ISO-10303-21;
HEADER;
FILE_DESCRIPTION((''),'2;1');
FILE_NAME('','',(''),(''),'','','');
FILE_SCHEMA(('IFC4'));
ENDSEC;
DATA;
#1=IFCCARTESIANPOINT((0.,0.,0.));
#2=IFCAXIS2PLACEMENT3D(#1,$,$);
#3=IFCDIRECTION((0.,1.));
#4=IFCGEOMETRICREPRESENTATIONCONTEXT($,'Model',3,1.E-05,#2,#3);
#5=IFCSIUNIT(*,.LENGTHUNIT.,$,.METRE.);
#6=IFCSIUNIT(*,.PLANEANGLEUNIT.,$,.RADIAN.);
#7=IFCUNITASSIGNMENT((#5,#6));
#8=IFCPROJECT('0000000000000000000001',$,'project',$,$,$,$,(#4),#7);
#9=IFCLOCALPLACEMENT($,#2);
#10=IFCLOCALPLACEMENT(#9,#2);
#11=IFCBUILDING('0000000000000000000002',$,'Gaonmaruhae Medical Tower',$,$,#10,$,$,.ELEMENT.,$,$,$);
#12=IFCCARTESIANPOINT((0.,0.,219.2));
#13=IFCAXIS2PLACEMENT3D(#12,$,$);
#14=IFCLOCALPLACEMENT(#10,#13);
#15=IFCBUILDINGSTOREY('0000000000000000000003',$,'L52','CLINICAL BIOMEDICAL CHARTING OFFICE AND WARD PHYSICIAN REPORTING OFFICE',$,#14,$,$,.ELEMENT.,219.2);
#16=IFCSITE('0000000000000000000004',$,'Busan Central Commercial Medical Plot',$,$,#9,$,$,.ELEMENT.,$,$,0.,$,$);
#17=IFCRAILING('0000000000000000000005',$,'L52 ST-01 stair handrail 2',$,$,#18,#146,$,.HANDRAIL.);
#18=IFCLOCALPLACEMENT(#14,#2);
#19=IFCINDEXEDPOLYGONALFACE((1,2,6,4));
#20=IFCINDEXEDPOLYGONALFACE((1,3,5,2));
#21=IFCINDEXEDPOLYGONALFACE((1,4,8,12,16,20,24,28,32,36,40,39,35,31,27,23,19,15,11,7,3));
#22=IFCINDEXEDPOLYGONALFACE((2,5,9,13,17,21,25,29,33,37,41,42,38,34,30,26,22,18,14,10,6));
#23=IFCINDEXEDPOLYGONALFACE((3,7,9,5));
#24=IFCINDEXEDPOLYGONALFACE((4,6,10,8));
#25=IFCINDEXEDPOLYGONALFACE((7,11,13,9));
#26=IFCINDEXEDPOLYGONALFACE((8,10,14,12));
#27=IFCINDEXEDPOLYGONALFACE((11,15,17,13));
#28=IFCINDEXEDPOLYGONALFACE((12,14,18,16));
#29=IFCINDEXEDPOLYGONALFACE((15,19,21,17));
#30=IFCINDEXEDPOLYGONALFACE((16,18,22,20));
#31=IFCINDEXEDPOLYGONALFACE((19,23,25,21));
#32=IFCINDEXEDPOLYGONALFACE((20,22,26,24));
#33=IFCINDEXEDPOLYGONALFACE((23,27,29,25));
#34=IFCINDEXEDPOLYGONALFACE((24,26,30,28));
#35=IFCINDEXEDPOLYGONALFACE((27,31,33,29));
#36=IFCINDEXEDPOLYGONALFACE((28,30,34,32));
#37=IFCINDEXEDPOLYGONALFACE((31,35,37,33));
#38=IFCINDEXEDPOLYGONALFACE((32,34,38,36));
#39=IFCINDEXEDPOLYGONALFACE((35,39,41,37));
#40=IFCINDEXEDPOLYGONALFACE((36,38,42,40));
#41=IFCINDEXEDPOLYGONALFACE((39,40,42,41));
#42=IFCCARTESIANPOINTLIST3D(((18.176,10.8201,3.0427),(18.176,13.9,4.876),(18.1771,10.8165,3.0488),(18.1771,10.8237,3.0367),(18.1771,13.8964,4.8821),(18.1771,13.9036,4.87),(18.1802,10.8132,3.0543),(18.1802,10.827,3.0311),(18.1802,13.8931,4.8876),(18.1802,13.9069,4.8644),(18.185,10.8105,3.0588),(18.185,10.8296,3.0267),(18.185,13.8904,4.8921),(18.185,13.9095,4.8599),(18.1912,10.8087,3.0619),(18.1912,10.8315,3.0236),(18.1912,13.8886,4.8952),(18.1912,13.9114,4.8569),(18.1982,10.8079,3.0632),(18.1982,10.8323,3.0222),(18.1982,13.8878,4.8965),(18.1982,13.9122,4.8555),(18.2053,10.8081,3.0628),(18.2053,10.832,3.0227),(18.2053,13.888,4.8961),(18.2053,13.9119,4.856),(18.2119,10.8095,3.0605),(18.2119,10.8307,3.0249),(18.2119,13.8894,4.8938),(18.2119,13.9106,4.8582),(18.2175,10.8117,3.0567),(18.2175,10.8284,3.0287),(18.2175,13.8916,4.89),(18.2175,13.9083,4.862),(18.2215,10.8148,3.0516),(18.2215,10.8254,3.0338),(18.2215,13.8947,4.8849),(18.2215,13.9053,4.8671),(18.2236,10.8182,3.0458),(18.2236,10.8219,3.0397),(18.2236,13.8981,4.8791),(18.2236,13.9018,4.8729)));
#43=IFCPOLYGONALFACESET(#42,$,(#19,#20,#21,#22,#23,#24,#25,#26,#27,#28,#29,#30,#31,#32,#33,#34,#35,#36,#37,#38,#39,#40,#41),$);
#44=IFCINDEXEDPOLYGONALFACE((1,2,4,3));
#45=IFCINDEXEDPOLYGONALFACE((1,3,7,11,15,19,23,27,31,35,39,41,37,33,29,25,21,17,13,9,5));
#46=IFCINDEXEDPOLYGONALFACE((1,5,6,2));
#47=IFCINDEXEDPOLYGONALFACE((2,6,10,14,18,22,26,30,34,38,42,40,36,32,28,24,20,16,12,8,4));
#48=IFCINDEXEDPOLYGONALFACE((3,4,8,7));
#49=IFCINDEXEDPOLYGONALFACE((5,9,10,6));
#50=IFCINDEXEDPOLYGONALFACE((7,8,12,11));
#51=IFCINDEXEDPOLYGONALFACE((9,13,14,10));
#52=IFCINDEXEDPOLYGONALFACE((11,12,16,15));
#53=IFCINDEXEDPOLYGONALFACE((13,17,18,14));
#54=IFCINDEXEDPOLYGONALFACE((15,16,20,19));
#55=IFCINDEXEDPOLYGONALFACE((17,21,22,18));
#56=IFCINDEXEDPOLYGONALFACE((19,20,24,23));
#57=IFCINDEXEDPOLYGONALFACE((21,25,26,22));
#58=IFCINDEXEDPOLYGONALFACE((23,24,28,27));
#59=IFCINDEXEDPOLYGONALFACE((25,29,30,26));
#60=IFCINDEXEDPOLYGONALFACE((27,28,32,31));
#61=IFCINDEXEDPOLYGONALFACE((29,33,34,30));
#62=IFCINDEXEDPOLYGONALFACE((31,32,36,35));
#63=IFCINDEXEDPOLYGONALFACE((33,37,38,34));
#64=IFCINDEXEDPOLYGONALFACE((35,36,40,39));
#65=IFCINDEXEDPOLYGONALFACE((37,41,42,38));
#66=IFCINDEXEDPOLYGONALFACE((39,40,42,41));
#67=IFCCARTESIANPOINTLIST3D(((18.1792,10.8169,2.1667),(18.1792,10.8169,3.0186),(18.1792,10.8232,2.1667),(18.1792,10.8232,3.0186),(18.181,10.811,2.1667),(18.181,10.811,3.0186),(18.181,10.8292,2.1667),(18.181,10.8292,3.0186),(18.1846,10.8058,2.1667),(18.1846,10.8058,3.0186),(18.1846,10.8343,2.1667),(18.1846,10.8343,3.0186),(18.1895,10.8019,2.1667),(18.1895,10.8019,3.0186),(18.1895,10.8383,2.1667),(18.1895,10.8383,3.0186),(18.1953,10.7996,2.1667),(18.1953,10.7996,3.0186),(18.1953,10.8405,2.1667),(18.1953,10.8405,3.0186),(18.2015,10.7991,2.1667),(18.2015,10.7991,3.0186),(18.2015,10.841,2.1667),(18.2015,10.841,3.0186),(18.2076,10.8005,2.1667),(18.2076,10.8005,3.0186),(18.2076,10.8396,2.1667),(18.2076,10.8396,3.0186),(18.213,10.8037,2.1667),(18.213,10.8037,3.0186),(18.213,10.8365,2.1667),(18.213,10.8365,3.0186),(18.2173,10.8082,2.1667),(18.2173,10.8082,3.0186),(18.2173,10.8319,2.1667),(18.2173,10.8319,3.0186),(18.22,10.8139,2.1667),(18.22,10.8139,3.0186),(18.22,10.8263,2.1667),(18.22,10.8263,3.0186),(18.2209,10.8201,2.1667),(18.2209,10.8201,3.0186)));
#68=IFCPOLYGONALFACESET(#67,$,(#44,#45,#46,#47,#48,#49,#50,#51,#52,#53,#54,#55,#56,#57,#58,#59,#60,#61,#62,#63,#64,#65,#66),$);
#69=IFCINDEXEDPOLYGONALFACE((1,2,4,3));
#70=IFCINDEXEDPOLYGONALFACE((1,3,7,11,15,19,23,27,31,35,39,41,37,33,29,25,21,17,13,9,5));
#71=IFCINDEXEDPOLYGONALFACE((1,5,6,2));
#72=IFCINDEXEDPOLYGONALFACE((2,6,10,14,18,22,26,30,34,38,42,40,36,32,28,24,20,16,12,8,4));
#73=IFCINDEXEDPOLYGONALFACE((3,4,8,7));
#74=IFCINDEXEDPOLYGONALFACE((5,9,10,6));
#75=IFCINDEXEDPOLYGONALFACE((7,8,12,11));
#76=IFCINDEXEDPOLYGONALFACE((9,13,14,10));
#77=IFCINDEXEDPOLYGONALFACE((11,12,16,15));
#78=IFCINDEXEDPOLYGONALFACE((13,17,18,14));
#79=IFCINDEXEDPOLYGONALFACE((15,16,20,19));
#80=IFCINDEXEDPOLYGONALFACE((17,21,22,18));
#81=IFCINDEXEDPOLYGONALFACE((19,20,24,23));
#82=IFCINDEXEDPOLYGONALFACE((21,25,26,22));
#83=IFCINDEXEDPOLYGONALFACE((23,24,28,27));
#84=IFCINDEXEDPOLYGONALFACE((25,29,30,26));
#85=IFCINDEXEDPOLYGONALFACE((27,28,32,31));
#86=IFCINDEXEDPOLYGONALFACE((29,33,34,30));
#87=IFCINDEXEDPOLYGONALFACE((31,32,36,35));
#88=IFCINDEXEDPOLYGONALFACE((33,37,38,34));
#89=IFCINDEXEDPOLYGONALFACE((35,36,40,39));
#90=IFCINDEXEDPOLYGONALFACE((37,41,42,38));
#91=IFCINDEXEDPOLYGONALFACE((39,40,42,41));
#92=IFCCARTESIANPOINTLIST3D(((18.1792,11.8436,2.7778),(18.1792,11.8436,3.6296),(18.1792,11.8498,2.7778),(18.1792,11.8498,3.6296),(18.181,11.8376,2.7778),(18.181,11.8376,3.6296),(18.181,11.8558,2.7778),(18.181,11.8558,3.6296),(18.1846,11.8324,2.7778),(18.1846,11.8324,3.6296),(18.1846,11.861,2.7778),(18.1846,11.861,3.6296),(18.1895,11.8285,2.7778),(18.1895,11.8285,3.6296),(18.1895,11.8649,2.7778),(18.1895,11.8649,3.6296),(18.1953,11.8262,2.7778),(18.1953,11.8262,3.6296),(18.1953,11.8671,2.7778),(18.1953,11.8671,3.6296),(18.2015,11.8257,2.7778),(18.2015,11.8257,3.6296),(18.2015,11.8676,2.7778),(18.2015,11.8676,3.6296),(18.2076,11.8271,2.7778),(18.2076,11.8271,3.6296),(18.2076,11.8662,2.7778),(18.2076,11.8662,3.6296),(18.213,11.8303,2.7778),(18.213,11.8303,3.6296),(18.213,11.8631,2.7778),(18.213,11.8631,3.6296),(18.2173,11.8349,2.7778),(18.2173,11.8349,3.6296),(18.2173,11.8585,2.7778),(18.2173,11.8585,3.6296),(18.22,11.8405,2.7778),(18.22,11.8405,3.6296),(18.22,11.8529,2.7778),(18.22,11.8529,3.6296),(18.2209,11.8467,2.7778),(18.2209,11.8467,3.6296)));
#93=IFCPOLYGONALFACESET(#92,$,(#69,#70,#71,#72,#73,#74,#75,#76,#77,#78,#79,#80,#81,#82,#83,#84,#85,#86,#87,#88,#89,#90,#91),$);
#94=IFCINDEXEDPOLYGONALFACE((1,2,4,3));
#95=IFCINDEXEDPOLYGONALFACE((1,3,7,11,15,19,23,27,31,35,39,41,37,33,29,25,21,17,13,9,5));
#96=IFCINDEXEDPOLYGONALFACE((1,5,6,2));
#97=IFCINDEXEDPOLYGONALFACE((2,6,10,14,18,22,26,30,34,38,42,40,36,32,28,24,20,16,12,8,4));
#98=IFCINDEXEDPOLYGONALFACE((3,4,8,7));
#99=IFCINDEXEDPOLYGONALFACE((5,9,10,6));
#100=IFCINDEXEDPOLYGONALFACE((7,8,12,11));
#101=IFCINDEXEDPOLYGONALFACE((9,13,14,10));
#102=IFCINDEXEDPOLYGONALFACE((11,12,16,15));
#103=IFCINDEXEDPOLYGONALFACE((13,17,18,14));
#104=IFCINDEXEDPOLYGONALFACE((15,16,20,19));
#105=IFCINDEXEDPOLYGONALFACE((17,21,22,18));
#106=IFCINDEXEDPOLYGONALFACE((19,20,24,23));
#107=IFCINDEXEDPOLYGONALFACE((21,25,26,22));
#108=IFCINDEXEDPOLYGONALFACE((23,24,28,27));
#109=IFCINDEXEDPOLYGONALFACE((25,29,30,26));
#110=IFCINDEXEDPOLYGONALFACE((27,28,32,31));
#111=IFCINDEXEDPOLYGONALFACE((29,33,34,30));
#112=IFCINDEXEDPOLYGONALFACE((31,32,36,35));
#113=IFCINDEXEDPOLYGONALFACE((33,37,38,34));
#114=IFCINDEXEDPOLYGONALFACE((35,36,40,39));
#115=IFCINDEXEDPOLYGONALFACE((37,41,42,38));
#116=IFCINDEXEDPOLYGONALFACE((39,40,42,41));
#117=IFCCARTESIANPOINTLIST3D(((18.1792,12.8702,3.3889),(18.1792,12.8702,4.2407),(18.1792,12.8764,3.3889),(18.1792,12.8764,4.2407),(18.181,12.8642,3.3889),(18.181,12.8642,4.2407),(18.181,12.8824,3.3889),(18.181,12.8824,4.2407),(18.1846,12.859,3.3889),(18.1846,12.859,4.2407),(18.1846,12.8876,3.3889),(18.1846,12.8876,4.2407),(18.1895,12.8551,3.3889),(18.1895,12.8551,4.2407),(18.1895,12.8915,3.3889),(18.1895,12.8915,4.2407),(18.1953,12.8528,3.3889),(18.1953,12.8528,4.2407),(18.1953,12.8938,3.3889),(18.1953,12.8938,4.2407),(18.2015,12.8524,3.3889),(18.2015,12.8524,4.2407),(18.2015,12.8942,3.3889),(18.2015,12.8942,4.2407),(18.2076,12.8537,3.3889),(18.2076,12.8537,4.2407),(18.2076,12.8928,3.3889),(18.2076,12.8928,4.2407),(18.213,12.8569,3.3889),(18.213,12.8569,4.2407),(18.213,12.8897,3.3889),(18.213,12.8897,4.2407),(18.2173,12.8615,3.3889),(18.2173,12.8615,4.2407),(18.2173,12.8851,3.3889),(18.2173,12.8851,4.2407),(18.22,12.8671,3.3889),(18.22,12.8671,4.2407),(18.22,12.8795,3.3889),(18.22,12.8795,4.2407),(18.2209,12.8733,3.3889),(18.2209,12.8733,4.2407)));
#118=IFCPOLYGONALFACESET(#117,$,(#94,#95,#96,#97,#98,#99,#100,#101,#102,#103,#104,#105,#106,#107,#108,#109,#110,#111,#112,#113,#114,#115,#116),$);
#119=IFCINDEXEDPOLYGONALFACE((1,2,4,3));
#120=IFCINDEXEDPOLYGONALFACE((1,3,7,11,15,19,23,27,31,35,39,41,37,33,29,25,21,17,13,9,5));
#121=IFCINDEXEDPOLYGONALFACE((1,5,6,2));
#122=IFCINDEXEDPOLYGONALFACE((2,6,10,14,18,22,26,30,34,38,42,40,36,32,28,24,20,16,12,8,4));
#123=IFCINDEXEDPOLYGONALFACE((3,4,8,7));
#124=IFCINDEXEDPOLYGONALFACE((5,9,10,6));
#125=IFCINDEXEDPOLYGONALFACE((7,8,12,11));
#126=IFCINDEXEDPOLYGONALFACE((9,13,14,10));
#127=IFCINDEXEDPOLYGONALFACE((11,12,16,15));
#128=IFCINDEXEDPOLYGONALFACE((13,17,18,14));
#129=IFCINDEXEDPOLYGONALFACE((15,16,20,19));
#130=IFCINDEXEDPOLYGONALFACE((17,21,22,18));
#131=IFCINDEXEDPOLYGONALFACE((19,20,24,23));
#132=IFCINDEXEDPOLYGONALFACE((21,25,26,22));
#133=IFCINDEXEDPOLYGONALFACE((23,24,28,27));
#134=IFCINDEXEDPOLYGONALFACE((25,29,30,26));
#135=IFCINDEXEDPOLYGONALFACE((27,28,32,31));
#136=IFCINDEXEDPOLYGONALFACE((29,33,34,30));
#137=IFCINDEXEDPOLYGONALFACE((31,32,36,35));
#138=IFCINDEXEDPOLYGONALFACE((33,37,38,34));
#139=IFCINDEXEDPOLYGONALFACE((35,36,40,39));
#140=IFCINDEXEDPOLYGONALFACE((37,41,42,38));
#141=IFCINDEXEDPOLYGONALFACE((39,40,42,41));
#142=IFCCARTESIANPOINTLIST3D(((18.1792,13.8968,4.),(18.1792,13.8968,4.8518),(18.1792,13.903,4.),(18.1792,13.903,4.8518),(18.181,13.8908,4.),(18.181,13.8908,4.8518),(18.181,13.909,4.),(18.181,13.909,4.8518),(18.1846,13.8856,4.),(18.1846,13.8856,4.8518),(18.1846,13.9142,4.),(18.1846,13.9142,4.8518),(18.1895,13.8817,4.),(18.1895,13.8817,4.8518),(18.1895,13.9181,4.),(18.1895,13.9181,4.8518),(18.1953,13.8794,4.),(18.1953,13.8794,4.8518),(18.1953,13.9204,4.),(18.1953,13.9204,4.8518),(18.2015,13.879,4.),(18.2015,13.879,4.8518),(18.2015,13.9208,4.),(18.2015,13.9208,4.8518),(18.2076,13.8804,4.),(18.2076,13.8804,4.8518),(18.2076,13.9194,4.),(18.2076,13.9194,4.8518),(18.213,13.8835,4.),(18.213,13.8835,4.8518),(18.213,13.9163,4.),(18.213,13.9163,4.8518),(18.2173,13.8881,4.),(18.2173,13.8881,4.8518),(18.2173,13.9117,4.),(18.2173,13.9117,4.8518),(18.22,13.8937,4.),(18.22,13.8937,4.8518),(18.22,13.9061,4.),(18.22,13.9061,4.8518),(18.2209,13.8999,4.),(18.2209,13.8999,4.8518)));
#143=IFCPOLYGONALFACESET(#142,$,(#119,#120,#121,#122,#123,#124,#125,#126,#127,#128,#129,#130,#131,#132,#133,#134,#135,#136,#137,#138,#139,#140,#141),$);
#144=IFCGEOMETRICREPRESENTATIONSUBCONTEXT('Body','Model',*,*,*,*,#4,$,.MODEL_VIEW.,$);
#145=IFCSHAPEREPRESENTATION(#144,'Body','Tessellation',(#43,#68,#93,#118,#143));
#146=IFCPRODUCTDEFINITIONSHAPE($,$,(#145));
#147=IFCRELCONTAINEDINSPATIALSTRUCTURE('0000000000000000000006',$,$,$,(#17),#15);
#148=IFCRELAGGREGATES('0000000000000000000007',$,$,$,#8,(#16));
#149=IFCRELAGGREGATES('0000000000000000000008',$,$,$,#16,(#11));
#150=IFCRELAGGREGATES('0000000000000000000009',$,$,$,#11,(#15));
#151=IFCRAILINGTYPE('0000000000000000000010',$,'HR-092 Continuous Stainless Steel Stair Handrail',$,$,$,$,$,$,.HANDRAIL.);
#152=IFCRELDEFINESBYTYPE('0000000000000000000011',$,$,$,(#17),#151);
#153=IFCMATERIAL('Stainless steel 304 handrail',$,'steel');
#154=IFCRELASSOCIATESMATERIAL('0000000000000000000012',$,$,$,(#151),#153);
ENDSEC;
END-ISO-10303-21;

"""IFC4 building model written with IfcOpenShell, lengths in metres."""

from ifc_helpers import new_model, si_unit, direction, frame, origin, origin_2d, place, context, subcontext, project, spatial, circle, extrude, material, type_object, element, save


model = new_model("IFC4")

# Units and contexts
model_context = context("Model", 3, precision=1e-05, world=origin(), true_north=direction((0.0, 1.0)))
body_context = subcontext(model_context, "Body", "Model", "MODEL_VIEW")
ifc_project = project(units=[si_unit("LENGTHUNIT", "METRE"), si_unit("PLANEANGLEUNIT", "RADIAN")], contexts=[model_context])

# Site, building, storey
site_placement = place(None, origin())
site = spatial("IfcSite", under=ifc_project, at=site_placement, Name="Busan Central Commercial Medical Plot", CompositionType="ELEMENT", RefElevation=0.0)
building_placement = place(site_placement, origin())
building = spatial("IfcBuilding", under=site, at=building_placement, Name="Gaonmaruhae Medical Tower", CompositionType="ELEMENT")
storey_placement = place(building_placement, frame((0.0, 0.0, 219.2)))
storey = spatial("IfcBuildingStorey", under=building, at=storey_placement, Name="L52", Description="CLINICAL BIOMEDICAL CHARTING OFFICE AND WARD PHYSICIAN REPORTING OFFICE", CompositionType="ELEMENT", Elevation=219.2)

# Railing
ifc_material_1 = material(Name="Stainless steel 304 handrail", Category="steel")
railing_type_1 = type_object("IfcRailingType", Name="HR-092 Continuous Stainless Steel Stair Handrail", PredefinedType="HANDRAIL", material=ifc_material_1)
railing_1_placement = place(storey_placement, frame((18.2, 10.8201, 2.1667)))
element("IfcRailing", 1, at=railing_1_placement, inside=storey, type_object=railing_type_1, Name="L52 ST-01 stair handrail 2", PredefinedType="HANDRAIL", context=body_context, shape_type="SweptSolid", body=[
    extrude(circle(Radius=0.0239, at=origin_2d()), frame((0.0, 0.0, 0.876), z_axis=(0.0, 0.859291, 0.511487), x_axis=(-1.0, 0.0, 0.0)), (0.0, 0.0, 1.0), 3.5842),
    extrude(circle(Radius=0.021, at=origin_2d()), origin(), (0.0, 0.0, 1.0), 0.8518),
    extrude(circle(Radius=0.021, at=origin_2d()), frame((0.0, 1.0266, 0.6111)), (0.0, 0.0, 1.0), 0.8518),
    extrude(circle(Radius=0.021, at=origin_2d()), frame((0.0, 2.0532, 1.2222)), (0.0, 0.0, 1.0), 0.8518),
    extrude(circle(Radius=0.021, at=origin_2d()), frame((0.0, 3.0798, 1.8333)), (0.0, 0.0, 1.0), 0.8518),
])

save(model, "model.ifc")
